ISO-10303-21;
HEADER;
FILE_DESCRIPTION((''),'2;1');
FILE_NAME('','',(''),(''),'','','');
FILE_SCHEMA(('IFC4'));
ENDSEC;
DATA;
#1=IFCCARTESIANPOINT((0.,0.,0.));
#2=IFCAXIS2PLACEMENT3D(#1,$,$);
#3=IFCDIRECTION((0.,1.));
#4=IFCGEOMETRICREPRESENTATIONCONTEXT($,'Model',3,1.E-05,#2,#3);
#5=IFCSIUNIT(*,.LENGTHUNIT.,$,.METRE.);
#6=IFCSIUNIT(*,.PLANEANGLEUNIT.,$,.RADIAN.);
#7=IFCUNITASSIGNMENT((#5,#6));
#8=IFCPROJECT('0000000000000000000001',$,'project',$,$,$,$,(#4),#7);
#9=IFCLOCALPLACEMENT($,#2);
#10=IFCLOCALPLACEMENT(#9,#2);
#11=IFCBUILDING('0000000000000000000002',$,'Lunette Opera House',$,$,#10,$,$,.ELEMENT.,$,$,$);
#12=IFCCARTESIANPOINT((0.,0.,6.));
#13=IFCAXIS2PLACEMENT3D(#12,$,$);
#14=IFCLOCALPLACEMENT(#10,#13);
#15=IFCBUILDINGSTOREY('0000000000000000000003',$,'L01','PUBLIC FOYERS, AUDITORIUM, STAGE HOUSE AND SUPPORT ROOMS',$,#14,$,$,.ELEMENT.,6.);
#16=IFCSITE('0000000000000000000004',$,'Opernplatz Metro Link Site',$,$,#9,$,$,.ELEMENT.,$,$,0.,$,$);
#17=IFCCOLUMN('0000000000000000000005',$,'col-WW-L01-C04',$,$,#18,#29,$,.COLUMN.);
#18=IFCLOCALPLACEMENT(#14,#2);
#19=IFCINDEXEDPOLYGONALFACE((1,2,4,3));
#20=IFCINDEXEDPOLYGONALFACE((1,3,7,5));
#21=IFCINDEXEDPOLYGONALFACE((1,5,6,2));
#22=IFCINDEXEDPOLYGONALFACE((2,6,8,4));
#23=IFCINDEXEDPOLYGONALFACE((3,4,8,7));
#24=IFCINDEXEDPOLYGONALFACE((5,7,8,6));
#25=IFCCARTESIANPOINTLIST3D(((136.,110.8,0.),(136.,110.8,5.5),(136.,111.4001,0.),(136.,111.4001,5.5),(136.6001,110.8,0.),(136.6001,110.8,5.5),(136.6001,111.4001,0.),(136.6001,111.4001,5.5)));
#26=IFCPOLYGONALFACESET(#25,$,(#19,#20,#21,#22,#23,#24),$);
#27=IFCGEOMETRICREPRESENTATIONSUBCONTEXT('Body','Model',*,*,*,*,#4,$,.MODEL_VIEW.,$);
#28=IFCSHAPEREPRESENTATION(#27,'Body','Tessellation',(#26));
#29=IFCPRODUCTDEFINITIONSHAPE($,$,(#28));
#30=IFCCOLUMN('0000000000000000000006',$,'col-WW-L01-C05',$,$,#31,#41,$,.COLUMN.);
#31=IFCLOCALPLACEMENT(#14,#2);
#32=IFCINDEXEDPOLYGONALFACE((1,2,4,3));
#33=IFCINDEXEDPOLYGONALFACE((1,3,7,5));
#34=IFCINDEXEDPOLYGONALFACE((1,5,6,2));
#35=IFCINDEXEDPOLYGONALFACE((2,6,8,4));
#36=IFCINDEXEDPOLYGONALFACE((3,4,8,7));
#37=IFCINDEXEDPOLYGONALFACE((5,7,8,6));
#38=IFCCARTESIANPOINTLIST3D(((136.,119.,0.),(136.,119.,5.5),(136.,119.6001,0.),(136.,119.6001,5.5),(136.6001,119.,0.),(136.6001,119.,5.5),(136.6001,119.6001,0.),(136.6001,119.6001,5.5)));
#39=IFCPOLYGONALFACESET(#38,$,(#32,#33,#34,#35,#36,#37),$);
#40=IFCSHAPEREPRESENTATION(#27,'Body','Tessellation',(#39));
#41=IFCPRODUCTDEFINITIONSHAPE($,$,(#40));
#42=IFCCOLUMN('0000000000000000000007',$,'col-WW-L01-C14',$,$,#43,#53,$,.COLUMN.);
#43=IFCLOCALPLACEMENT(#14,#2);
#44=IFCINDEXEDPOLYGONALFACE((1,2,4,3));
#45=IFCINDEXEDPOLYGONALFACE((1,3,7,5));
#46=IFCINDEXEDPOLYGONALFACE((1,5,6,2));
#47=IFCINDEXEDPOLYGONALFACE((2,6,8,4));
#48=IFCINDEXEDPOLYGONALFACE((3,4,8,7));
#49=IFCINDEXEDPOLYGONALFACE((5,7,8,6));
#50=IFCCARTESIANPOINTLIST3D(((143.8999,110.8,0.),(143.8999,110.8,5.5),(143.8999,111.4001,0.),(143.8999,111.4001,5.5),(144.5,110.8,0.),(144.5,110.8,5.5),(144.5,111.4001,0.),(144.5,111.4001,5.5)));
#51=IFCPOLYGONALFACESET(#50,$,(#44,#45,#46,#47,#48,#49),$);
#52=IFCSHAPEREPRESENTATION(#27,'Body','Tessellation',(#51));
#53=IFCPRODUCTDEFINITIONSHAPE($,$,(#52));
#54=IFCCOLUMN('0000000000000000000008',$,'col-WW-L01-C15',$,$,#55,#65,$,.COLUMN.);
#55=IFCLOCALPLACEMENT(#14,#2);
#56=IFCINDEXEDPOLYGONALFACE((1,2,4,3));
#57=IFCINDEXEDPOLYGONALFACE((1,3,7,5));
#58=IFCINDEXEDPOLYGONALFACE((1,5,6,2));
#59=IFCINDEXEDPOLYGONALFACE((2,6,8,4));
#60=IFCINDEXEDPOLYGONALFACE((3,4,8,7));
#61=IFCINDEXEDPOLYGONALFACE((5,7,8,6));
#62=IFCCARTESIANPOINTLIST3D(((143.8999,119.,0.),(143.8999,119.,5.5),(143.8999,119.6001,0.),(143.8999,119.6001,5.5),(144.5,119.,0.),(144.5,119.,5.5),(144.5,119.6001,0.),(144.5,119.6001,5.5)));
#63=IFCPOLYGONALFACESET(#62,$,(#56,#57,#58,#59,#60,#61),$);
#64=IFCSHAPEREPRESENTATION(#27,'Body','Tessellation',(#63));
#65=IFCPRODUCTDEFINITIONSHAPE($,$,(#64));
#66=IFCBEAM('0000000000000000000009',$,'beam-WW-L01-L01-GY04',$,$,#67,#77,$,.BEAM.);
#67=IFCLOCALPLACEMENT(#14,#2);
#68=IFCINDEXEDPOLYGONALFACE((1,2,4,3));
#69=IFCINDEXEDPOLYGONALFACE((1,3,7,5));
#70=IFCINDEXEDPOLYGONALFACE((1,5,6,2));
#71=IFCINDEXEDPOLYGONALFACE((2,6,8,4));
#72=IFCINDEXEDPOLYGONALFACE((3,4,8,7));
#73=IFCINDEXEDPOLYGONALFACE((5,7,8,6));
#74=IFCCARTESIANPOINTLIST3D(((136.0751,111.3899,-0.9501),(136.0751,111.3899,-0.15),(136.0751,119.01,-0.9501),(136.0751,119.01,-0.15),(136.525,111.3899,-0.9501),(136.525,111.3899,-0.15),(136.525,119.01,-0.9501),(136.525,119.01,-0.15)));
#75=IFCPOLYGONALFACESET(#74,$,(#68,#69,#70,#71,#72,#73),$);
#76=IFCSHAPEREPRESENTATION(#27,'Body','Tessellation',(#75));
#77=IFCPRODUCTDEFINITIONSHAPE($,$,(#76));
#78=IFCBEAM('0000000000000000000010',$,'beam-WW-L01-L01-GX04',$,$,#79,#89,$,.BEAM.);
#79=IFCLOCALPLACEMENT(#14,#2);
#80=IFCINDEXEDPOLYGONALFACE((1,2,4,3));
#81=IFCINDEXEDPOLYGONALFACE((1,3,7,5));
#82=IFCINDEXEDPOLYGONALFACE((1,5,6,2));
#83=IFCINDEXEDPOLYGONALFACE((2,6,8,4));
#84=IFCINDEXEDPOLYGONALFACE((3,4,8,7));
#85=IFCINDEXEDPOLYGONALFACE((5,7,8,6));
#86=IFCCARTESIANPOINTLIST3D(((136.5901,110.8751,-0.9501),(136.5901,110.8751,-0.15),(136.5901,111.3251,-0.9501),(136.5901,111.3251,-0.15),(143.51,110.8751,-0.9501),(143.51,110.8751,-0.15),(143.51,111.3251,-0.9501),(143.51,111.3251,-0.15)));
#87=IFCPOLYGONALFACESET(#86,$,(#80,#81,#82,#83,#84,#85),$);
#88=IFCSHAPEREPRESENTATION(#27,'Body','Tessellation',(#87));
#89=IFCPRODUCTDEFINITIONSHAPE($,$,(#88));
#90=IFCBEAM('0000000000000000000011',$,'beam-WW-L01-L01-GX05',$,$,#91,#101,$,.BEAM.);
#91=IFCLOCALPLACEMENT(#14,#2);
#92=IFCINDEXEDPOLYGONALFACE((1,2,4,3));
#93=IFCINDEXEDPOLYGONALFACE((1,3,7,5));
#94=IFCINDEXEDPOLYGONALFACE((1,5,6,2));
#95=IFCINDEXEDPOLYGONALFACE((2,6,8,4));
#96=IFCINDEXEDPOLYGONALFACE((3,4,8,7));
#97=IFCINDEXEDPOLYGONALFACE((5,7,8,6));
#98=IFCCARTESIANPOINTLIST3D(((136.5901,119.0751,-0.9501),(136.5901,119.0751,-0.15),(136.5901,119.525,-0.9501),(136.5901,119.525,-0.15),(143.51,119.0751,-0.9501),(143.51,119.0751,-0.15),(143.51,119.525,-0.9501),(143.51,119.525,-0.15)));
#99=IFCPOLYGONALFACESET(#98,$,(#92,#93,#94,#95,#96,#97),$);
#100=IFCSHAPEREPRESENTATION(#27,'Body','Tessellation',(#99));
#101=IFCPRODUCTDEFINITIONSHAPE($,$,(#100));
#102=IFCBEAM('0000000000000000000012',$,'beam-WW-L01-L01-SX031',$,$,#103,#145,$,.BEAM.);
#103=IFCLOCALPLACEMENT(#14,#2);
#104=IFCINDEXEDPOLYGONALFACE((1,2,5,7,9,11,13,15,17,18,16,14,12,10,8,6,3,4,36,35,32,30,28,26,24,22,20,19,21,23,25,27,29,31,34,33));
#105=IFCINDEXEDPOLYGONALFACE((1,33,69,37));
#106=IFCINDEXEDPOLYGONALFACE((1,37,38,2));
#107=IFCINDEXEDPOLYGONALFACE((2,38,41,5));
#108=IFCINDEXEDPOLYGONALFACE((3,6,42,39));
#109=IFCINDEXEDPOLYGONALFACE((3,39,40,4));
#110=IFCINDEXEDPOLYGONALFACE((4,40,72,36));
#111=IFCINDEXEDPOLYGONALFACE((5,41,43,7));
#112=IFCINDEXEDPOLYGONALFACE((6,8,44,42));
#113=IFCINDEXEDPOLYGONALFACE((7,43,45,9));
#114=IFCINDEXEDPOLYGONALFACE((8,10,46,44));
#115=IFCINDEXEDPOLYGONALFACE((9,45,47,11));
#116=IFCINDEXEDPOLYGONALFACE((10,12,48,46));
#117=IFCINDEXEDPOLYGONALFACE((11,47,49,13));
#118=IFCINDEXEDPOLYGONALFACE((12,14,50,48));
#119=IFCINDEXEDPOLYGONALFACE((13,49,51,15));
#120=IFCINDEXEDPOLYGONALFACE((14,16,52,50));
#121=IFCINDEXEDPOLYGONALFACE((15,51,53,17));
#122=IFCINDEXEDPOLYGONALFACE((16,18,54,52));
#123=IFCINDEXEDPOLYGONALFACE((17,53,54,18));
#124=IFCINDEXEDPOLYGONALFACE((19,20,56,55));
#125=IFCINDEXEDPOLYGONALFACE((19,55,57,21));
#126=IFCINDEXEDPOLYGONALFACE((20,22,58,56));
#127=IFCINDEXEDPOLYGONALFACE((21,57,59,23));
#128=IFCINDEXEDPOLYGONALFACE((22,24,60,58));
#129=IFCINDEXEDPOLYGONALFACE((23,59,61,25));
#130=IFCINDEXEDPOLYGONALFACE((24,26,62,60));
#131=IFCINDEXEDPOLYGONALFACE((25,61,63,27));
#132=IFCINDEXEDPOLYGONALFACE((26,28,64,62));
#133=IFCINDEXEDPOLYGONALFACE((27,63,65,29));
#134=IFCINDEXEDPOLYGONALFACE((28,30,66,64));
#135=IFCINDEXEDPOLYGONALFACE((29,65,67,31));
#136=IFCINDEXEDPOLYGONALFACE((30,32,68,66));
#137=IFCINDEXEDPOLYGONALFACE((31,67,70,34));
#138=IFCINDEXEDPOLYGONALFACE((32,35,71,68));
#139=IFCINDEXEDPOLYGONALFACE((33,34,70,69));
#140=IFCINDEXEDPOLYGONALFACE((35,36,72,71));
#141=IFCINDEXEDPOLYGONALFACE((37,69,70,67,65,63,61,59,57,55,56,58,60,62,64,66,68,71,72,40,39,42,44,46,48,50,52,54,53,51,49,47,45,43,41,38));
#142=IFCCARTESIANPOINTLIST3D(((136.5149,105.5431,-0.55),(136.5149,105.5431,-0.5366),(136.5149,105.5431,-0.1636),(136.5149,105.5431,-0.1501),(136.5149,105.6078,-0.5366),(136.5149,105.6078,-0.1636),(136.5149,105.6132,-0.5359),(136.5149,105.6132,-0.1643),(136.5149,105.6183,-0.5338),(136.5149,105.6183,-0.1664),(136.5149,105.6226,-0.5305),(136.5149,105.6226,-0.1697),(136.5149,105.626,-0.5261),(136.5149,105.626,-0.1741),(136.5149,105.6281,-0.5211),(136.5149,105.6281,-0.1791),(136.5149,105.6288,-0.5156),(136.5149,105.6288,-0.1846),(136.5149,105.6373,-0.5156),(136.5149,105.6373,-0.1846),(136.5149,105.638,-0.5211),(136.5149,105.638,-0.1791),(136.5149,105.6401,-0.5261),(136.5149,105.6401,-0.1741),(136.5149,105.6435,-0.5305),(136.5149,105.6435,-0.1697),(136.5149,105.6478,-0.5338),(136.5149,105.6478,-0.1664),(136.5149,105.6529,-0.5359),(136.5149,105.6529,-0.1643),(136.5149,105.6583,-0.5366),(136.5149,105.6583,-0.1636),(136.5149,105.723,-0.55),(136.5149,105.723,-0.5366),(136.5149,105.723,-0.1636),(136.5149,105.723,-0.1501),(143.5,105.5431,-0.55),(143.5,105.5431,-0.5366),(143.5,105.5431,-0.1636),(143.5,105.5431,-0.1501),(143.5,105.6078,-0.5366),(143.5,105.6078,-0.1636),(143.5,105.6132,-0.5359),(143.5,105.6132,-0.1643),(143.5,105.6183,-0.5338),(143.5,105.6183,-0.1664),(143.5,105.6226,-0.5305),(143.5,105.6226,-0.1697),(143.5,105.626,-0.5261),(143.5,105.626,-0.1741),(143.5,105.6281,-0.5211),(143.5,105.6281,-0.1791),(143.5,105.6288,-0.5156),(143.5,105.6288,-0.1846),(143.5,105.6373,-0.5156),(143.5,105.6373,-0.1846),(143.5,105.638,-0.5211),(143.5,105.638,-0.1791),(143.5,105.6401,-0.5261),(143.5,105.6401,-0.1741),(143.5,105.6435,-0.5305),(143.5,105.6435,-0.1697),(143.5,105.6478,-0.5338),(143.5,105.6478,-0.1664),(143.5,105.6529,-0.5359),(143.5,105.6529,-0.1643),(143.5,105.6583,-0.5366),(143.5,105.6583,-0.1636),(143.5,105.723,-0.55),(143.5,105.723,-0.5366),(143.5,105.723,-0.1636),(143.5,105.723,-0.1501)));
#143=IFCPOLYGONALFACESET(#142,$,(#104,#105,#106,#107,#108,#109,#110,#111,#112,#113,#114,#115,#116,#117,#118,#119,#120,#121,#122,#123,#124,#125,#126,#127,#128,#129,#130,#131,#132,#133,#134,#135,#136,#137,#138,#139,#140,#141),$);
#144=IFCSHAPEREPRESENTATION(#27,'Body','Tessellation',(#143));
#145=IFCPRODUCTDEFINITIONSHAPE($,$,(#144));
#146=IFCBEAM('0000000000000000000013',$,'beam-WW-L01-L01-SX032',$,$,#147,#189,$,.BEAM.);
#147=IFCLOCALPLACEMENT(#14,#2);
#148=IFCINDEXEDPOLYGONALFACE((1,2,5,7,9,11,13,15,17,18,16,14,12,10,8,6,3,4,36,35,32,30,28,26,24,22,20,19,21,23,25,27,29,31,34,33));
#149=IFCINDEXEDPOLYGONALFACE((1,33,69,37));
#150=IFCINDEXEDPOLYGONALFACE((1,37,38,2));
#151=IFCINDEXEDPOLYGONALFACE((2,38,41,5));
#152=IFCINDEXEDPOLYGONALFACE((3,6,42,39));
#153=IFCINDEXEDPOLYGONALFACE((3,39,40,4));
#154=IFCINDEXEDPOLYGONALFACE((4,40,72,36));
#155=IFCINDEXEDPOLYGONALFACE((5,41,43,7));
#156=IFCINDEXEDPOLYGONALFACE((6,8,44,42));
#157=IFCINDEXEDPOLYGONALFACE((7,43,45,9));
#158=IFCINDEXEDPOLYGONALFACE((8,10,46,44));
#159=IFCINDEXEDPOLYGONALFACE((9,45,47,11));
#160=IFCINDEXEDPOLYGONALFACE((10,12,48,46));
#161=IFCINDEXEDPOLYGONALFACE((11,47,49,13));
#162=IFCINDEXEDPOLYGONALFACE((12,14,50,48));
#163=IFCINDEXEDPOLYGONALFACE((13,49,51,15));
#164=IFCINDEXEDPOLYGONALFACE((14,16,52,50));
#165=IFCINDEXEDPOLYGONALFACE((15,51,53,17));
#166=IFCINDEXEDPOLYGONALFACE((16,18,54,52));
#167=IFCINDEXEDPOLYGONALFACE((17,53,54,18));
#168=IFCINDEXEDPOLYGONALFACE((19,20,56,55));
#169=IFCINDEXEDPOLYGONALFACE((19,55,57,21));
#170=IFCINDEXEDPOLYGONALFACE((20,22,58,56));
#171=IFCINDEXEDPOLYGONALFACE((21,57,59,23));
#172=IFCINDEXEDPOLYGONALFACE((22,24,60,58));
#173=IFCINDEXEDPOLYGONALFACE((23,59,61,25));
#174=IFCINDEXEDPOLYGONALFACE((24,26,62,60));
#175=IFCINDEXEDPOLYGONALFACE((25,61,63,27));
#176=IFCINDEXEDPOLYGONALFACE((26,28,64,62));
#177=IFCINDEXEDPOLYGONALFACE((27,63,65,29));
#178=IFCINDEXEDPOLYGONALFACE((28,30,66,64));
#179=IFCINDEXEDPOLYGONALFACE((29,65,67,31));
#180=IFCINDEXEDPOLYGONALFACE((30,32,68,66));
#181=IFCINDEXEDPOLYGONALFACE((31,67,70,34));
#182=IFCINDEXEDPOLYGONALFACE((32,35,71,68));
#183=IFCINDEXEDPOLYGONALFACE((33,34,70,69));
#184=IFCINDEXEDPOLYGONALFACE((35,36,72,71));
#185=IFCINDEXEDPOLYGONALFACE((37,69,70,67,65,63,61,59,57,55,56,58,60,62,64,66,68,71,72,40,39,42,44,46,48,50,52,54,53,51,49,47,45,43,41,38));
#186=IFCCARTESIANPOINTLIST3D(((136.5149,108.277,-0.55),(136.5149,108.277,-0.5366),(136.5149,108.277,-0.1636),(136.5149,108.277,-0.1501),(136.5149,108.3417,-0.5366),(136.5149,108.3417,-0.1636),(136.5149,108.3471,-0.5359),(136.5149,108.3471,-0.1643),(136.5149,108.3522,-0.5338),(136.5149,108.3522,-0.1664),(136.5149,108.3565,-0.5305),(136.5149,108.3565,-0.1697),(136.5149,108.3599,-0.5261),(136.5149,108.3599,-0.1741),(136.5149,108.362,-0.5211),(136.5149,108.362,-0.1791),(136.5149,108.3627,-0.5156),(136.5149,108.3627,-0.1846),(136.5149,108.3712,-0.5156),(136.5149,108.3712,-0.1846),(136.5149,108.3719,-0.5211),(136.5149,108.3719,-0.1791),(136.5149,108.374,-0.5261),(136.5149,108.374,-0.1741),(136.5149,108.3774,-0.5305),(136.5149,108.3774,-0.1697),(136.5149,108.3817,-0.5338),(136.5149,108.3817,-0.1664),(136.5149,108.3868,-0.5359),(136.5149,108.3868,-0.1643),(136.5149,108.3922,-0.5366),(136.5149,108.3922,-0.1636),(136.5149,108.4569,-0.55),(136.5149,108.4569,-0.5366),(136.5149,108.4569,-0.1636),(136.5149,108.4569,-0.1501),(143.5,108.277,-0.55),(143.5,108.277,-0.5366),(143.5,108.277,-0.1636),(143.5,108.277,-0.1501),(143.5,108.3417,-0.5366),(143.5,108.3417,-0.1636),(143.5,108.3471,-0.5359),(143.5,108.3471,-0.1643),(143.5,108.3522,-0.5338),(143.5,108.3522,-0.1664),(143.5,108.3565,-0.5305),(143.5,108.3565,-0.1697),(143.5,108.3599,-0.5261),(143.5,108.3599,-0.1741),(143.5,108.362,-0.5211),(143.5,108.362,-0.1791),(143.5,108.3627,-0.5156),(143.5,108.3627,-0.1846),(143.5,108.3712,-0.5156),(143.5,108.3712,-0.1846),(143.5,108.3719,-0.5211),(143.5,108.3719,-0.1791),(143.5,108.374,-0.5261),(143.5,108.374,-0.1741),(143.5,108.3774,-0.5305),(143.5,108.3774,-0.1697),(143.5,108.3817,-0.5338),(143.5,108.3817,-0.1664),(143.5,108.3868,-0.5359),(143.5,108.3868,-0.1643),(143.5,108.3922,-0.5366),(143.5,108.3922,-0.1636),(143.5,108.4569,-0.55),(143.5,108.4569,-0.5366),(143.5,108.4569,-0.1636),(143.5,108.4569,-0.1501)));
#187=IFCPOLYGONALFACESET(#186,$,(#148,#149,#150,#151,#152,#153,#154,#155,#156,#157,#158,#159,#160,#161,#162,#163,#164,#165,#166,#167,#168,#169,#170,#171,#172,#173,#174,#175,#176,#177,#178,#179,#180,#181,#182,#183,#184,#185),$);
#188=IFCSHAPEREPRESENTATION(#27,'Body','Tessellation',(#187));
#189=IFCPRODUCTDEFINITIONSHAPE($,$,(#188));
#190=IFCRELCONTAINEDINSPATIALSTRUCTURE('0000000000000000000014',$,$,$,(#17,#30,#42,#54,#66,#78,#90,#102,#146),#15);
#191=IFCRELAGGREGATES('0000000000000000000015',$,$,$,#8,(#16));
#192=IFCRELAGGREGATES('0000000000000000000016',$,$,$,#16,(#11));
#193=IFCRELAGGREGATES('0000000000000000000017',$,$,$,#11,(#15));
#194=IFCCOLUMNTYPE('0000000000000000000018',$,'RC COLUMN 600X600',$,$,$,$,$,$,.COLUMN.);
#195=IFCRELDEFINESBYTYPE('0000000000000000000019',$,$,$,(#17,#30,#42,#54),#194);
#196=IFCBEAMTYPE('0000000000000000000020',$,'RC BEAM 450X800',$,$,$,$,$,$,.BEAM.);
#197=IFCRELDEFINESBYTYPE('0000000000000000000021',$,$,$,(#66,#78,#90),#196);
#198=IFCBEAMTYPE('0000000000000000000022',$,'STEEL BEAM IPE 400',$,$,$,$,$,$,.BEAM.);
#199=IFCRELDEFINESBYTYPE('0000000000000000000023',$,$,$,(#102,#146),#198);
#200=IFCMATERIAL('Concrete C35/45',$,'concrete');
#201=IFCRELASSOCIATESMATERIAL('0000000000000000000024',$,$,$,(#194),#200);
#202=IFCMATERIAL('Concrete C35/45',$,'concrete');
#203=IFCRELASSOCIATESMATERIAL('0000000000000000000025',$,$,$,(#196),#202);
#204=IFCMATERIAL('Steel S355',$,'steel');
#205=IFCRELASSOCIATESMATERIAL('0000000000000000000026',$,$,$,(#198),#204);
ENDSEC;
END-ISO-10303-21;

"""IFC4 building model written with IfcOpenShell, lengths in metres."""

from ifc_helpers import new_model, si_unit, direction, frame, origin, origin_2d, place, context, subcontext, project, spatial, rectangle, i_section, extrude, material, material_profile, profile_set, type_object, element, save


model = new_model("IFC4")

# Units and contexts
model_context = context("Model", 3, precision=1e-05, world=origin(), true_north=direction((0.0, 1.0)))
body_context = subcontext(model_context, "Body", "Model", "MODEL_VIEW")
ifc_project = project(units=[si_unit("LENGTHUNIT", "METRE"), si_unit("PLANEANGLEUNIT", "RADIAN")], contexts=[model_context])

# Site, building, storey
site_placement = place(None, origin())
site = spatial("IfcSite", under=ifc_project, at=site_placement, Name="Opernplatz Metro Link Site", CompositionType="ELEMENT", RefElevation=0.0)
building_placement = place(site_placement, origin())
building = spatial("IfcBuilding", under=site, at=building_placement, Name="Lunette Opera House", CompositionType="ELEMENT")
storey_placement = place(building_placement, frame((0.0, 0.0, 6.0)))
storey = spatial("IfcBuildingStorey", under=building, at=storey_placement, Name="L01", Description="PUBLIC FOYERS, AUDITORIUM, STAGE HOUSE AND SUPPORT ROOMS", CompositionType="ELEMENT", Elevation=6.0)

# Columns
ifc_material_1 = material(Name="Concrete C35/45", Category="concrete")
ifc_material_profile_1 = material_profile(ifc_material_1, rectangle(XDim=0.6001, YDim=0.6001, at=origin_2d()), Name="RC COLUMN 600X600")
ifc_profile_set_1 = profile_set([ifc_material_profile_1], Name="Concrete C35/45")
column_type = type_object("IfcColumnType", Name="RC COLUMN 600X600", PredefinedType="COLUMN", material=ifc_profile_set_1)
for number, where, z_axis, x_axis, name in (
    (1, (136.3, 111.1001, 0.0), (0.0, 0.0, 1.0), (1.0, 0.0, 0.0), "col-WW-L01-C04"),
    (2, (136.3, 119.3, 0.0), (0.0, 0.0, 1.0), (1.0, 0.0, 0.0), "col-WW-L01-C05"),
    (3, (144.2, 111.1001, 0.0), (0.0, 0.0, 1.0), (1.0, 0.0, 0.0), "col-WW-L01-C14"),
    (4, (144.2, 119.3, 0.0), (0.0, 0.0, 1.0), (1.0, 0.0, 0.0), "col-WW-L01-C15"),
):
    element("IfcColumn", number, at=place(storey_placement, frame(where, z_axis=z_axis, x_axis=x_axis)), inside=storey, type_object=column_type, Name=name, PredefinedType="COLUMN", context=body_context, shape_type="SweptSolid", body=[
        extrude(rectangle(XDim=0.6001, YDim=0.6001, at=origin_2d()), origin(), (0.0, 0.0, 1.0), 5.5),
    ])

# Beams
ifc_material_2 = material(Name="Concrete C35/45", Category="concrete")
ifc_material_profile_2 = material_profile(ifc_material_2, rectangle(XDim=0.45, YDim=0.8, at=origin_2d()), Name="RC BEAM 450X800")
ifc_profile_set_2 = profile_set([ifc_material_profile_2], Name="Concrete C35/45")
beam_type_1 = type_object("IfcBeamType", Name="RC BEAM 450X800", PredefinedType="BEAM", material=ifc_profile_set_2)
beam_placement = place(storey_placement, frame((136.3, 111.3899, -0.55), z_axis=(0.0, 1.0, 0.0), x_axis=(-1.0, 0.0, 0.0)))
element("IfcBeam", 5, at=beam_placement, inside=storey, type_object=beam_type_1, Name="beam-WW-L01-L01-GY04", PredefinedType="BEAM", context=body_context, shape_type="SweptSolid", body=[
    extrude(rectangle(XDim=0.45, YDim=0.8, at=origin_2d()), origin(), (0.0, 0.0, 1.0), 7.6201),
])
for number, where, z_axis, x_axis, name in (
    (6, (136.5901, 111.1001, -0.55), (1.0, 0.0, 0.0), (0.0, 1.0, 0.0), "beam-WW-L01-L01-GX04"),
    (7, (136.5901, 119.3, -0.55), (1.0, 0.0, 0.0), (0.0, 1.0, 0.0), "beam-WW-L01-L01-GX05"),
):
    element("IfcBeam", number, at=place(storey_placement, frame(where, z_axis=z_axis, x_axis=x_axis)), inside=storey, type_object=beam_type_1, Name=name, PredefinedType="BEAM", context=body_context, shape_type="SweptSolid", body=[
        extrude(rectangle(XDim=0.45, YDim=0.8, at=origin_2d()), origin(), (0.0, 0.0, 1.0), 6.9199),
    ])
ifc_material_3 = material(Name="Steel S355", Category="steel")
ifc_material_profile_3 = material_profile(ifc_material_3, i_section(OverallWidth=0.1799, OverallDepth=0.3999, WebThickness=0.0085, FlangeThickness=0.0134, FilletRadius=0.021, at=origin_2d()), Name="IPE 400")
ifc_profile_set_3 = profile_set([ifc_material_profile_3], Name="Steel S355")
beam_type_2 = type_object("IfcBeamType", Name="STEEL BEAM IPE 400", PredefinedType="BEAM", material=ifc_profile_set_3)
for number, where, z_axis, x_axis, name in (
    (8, (136.5149, 105.6331, -0.3501), (1.0, 0.0, 0.0), (0.0, 1.0, 0.0), "beam-WW-L01-L01-SX031"),
    (9, (136.5149, 108.3669, -0.3501), (1.0, 0.0, 0.0), (0.0, 1.0, 0.0), "beam-WW-L01-L01-SX032"),
):
    element("IfcBeam", number, at=place(storey_placement, frame(where, z_axis=z_axis, x_axis=x_axis)), inside=storey, type_object=beam_type_2, Name=name, PredefinedType="BEAM", context=body_context, shape_type="SweptSolid", body=[
        extrude(i_section(OverallWidth=0.1799, OverallDepth=0.3999, WebThickness=0.0085, FlangeThickness=0.0134, FilletRadius=0.021, at=origin_2d()), origin(), (0.0, 0.0, 1.0), 6.9851),
    ])

save(model, "model.ifc")
